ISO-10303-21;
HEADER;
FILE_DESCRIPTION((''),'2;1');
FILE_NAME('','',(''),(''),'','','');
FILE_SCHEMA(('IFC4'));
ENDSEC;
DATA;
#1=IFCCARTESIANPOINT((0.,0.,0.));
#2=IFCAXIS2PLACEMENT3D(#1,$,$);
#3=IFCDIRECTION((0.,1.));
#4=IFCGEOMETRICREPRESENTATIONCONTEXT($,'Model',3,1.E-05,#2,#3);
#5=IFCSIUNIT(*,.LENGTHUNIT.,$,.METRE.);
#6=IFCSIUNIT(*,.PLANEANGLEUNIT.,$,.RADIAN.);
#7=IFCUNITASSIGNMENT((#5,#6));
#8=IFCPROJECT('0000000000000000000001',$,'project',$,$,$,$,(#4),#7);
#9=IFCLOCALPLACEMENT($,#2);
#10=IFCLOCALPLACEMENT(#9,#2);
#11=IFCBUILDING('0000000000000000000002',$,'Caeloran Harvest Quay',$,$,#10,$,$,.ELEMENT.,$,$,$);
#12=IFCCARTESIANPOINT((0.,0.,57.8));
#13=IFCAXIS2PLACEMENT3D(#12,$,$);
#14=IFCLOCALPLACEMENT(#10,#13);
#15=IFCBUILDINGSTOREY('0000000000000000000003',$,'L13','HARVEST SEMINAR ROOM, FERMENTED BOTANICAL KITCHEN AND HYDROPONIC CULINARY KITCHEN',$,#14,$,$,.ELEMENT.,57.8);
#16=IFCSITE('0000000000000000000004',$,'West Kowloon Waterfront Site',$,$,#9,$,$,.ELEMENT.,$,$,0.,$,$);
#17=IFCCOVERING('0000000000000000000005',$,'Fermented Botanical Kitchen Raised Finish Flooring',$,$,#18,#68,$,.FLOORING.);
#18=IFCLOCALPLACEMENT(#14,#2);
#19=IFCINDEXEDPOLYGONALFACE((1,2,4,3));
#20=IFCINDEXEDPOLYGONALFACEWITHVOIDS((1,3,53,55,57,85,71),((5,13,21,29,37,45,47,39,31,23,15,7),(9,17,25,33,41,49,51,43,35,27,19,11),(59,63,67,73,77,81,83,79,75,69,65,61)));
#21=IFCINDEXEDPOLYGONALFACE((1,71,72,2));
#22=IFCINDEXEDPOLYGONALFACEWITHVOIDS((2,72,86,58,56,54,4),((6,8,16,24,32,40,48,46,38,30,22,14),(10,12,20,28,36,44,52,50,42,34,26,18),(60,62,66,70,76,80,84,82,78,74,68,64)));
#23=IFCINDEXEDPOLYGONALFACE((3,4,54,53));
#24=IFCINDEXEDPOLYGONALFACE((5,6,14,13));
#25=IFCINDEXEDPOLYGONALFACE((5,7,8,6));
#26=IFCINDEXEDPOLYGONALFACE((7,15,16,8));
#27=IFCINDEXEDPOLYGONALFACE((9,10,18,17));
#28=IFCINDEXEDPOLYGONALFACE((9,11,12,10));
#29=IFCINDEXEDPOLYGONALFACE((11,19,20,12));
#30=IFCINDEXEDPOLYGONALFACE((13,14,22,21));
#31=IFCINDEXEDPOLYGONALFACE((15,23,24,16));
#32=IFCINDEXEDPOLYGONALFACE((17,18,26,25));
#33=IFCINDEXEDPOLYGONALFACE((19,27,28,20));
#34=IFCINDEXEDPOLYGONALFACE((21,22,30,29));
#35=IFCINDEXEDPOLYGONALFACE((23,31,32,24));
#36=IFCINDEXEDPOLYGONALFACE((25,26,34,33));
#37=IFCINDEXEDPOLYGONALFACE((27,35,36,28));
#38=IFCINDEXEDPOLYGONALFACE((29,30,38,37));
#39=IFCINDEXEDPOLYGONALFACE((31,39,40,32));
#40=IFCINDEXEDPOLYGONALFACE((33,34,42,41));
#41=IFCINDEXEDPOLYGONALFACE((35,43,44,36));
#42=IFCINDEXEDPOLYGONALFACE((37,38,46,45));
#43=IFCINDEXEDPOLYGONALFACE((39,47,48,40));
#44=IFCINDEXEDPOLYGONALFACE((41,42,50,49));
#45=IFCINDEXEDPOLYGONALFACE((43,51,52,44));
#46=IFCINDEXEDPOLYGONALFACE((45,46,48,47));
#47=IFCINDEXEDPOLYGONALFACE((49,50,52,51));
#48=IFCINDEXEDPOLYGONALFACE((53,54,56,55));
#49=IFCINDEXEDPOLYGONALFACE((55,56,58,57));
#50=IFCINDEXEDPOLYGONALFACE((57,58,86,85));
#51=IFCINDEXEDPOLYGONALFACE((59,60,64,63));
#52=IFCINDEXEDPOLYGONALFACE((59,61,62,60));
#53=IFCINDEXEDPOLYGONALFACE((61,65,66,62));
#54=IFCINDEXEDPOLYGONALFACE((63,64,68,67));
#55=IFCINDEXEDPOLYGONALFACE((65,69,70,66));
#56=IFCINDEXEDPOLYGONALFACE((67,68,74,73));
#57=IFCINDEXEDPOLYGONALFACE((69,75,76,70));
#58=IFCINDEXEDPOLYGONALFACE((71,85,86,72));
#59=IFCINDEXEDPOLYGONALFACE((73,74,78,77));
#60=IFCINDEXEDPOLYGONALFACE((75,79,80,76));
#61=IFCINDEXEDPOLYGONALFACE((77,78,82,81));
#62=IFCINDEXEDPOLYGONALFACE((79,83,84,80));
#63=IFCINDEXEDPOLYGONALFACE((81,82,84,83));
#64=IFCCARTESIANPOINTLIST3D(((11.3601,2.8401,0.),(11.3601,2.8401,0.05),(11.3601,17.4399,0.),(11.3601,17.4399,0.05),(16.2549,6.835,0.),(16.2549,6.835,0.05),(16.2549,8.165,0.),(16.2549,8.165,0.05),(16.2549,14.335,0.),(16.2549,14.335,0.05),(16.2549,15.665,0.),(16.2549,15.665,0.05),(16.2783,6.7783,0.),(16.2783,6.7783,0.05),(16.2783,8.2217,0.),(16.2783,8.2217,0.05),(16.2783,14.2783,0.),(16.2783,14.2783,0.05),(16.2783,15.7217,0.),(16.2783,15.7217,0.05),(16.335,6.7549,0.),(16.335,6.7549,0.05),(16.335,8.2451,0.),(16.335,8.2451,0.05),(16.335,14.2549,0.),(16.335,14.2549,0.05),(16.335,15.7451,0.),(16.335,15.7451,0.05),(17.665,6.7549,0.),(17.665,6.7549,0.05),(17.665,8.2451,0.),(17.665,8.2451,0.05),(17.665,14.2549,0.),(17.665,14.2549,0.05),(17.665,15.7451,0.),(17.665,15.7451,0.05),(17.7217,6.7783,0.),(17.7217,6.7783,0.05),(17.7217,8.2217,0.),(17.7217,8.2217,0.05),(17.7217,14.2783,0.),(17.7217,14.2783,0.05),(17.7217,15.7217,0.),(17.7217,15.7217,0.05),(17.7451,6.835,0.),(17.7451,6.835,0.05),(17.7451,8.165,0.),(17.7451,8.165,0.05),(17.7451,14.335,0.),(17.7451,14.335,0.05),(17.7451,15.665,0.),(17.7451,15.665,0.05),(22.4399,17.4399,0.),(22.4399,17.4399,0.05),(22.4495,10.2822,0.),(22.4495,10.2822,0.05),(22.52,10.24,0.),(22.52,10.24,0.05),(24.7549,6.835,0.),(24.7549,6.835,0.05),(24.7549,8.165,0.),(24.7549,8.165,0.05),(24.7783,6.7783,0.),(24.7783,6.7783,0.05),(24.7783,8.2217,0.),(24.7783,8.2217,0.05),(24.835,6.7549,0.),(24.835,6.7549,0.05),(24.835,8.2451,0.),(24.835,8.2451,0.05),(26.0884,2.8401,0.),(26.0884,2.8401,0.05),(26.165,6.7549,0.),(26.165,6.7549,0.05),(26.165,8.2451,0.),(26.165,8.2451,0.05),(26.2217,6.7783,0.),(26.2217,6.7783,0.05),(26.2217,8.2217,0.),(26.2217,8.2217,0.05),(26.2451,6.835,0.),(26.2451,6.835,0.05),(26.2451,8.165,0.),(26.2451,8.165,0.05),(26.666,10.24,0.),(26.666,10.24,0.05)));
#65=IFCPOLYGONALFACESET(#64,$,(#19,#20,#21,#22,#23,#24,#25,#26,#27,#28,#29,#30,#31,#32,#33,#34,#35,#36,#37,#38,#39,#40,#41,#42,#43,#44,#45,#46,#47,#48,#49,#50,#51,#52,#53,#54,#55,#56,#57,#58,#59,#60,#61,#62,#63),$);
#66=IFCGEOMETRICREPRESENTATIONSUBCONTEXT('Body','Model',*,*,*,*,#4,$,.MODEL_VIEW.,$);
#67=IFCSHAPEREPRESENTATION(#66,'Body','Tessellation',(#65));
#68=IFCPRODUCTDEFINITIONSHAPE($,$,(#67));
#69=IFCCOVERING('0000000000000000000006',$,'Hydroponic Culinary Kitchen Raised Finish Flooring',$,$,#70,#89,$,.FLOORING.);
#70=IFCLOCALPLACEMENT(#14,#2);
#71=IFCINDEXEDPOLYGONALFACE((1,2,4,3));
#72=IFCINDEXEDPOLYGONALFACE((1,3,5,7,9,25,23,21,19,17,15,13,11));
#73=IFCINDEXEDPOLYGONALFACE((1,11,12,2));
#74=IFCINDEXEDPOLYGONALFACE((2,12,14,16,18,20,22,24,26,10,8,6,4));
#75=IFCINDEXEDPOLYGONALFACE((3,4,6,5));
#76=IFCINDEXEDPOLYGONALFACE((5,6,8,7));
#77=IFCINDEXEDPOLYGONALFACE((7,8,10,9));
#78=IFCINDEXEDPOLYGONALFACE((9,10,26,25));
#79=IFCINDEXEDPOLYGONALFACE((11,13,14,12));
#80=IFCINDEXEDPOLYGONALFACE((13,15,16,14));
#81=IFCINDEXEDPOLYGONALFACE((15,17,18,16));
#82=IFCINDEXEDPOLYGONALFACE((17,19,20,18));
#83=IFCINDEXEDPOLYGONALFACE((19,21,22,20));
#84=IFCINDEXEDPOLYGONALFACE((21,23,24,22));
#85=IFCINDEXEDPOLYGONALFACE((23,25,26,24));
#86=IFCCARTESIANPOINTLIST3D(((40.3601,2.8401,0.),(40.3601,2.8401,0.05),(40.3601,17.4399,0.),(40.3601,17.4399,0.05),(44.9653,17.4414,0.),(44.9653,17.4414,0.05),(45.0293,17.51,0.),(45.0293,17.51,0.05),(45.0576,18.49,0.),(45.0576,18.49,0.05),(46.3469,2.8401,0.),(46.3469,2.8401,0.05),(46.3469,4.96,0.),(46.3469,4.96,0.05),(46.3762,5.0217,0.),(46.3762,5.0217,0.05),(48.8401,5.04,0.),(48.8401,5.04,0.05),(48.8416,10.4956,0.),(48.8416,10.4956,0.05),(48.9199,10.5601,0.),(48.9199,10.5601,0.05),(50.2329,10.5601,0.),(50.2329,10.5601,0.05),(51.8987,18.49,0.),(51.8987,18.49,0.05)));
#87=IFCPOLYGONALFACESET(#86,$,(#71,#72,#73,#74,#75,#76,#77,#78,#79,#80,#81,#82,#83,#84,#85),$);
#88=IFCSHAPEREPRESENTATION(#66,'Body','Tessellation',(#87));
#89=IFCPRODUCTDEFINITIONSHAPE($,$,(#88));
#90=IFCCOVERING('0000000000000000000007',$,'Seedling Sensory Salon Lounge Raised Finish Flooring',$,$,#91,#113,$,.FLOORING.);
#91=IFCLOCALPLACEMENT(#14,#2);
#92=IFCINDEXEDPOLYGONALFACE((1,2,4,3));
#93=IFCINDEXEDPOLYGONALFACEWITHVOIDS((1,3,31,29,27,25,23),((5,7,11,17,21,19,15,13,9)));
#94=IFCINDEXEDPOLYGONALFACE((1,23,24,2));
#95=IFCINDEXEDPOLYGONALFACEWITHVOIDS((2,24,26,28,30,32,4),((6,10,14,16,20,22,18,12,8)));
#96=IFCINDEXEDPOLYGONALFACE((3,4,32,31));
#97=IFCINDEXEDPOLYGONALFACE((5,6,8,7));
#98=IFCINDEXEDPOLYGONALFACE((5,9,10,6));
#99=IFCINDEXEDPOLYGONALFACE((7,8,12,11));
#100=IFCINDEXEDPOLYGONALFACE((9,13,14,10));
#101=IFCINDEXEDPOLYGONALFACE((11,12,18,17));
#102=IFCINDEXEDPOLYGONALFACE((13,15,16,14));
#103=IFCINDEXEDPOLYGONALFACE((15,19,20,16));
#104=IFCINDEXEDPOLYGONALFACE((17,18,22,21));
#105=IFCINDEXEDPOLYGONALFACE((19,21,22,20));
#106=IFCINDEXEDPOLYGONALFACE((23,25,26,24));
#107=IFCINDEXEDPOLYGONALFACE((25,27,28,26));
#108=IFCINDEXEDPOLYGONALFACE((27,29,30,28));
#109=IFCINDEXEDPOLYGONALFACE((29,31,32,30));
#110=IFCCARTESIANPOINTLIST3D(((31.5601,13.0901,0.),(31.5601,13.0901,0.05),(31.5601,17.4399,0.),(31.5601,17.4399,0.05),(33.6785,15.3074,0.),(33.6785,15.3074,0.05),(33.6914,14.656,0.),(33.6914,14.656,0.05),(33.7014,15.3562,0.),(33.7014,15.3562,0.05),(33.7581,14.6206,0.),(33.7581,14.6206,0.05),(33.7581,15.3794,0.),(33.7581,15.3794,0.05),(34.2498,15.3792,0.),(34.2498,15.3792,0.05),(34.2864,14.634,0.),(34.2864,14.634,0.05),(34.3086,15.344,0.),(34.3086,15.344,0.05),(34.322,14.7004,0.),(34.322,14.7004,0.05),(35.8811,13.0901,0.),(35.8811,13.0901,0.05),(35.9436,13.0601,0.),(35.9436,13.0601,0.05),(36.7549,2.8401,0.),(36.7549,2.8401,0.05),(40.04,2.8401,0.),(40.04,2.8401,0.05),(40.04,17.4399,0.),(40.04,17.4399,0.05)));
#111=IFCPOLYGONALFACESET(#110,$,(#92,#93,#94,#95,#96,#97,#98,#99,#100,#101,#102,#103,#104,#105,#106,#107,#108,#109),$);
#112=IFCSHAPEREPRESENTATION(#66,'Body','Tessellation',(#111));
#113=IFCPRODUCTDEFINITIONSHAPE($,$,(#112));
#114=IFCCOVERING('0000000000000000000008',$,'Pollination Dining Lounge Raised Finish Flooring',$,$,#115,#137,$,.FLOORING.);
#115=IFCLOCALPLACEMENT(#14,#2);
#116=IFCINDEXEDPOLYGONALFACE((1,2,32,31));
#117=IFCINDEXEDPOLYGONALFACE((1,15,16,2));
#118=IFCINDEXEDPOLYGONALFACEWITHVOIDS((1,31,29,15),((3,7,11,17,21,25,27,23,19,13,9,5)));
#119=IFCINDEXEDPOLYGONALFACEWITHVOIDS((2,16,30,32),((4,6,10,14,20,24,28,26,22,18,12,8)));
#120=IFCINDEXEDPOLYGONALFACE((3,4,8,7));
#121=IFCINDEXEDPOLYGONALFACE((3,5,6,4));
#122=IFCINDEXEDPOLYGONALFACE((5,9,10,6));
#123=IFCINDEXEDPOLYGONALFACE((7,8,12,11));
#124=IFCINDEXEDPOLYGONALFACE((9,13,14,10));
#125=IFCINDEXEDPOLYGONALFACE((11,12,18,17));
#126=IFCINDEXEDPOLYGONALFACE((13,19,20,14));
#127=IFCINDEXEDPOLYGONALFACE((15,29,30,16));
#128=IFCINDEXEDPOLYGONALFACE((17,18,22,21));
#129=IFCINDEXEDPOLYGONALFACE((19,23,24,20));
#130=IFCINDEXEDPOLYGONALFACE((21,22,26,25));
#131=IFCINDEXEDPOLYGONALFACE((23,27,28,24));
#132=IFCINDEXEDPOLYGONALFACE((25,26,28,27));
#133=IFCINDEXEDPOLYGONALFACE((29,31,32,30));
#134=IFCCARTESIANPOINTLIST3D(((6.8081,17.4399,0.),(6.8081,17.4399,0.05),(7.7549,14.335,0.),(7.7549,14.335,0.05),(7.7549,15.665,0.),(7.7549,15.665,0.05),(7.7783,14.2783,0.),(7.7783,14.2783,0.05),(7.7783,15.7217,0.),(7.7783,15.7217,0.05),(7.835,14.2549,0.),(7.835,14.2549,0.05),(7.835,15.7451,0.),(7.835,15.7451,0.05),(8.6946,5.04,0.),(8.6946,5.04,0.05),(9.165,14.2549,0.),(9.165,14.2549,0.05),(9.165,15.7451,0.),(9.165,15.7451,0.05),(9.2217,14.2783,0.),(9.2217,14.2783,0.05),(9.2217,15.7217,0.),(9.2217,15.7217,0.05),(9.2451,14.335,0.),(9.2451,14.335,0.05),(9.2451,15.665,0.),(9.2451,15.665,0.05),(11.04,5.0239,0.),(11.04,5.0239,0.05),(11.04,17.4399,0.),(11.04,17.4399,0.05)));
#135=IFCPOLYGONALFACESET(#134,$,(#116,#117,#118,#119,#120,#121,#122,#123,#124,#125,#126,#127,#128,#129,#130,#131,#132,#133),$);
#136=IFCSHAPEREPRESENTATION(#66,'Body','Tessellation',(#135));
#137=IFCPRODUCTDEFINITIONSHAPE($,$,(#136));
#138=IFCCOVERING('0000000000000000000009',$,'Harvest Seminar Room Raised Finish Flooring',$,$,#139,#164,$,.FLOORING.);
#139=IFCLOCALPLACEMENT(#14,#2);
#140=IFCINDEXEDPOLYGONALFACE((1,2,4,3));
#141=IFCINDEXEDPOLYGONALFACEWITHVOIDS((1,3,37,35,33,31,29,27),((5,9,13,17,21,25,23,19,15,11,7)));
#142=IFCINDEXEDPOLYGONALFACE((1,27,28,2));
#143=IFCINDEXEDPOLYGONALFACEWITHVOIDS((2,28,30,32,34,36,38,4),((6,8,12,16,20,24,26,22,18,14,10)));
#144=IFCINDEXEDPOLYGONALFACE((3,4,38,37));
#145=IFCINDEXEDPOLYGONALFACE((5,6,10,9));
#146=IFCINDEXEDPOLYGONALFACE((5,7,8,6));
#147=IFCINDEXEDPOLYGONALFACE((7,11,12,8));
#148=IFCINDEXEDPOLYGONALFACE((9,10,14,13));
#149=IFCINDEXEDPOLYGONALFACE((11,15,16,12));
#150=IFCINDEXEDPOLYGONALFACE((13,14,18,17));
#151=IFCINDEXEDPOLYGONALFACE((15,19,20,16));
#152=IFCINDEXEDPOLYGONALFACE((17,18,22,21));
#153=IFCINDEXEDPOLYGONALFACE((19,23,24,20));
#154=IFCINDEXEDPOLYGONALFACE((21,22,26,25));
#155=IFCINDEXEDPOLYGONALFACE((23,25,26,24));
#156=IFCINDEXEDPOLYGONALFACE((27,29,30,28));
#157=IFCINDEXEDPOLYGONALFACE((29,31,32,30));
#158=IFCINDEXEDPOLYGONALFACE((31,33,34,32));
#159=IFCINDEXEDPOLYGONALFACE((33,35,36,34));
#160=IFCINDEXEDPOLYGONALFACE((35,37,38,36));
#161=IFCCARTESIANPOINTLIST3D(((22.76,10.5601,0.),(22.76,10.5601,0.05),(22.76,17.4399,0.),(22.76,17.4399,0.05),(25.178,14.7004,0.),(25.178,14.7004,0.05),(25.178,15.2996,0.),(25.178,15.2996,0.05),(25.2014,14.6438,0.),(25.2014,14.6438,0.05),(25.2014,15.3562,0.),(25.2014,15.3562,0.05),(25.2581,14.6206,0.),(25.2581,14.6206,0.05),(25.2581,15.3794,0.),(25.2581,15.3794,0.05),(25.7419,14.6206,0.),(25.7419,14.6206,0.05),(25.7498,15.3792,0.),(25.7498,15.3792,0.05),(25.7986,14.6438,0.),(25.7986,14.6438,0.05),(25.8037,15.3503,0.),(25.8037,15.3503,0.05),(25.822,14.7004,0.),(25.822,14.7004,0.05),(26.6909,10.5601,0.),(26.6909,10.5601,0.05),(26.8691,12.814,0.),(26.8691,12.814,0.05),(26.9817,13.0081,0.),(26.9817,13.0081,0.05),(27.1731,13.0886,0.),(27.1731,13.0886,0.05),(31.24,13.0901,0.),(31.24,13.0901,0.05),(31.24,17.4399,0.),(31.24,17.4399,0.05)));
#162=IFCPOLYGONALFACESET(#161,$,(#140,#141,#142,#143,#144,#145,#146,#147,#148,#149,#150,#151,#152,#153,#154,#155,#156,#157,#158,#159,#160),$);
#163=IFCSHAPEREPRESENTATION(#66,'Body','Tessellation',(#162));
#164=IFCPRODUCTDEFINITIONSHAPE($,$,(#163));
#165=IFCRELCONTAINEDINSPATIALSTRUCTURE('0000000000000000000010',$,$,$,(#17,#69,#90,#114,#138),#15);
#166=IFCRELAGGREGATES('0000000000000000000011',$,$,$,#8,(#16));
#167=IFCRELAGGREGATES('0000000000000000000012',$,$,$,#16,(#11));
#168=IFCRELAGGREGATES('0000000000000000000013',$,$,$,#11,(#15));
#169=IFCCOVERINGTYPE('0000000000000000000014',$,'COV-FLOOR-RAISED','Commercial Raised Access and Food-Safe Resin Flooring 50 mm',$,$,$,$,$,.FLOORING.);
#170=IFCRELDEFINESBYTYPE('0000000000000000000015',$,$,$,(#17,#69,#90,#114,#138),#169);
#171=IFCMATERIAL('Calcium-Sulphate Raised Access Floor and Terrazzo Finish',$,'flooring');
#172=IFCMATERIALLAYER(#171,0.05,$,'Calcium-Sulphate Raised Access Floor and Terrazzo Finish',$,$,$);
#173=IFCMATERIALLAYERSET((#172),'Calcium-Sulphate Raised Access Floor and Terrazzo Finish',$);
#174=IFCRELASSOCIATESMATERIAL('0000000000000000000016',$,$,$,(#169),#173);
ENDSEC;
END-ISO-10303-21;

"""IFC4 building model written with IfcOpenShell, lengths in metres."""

from ifc_helpers import new_model, si_unit, direction, frame, origin, place, context, subcontext, project, spatial, polyline, outline, extrude, material, layer, layer_set, type_object, element, save


model = new_model("IFC4")

# Units and contexts
model_context = context("Model", 3, precision=1e-05, world=origin(), true_north=direction((0.0, 1.0)))
body_context = subcontext(model_context, "Body", "Model", "MODEL_VIEW")
ifc_project = project(units=[si_unit("LENGTHUNIT", "METRE"), si_unit("PLANEANGLEUNIT", "RADIAN")], contexts=[model_context])

# Site, building, storey
site_placement = place(None, origin())
site = spatial("IfcSite", under=ifc_project, at=site_placement, Name="West Kowloon Waterfront Site", CompositionType="ELEMENT", RefElevation=0.0)
building_placement = place(site_placement, origin())
building = spatial("IfcBuilding", under=site, at=building_placement, Name="Caeloran Harvest Quay", CompositionType="ELEMENT")
storey_placement = place(building_placement, frame((0.0, 0.0, 57.8)))
storey = spatial("IfcBuildingStorey", under=building, at=storey_placement, Name="L13", Description="HARVEST SEMINAR ROOM, FERMENTED BOTANICAL KITCHEN AND HYDROPONIC CULINARY KITCHEN", CompositionType="ELEMENT", Elevation=57.8)

# Coverings
ifc_material_1 = material(Name="Calcium-Sulphate Raised Access Floor and Terrazzo Finish", Category="flooring")
ifc_layer_1 = layer(ifc_material_1, 0.05, Name="Calcium-Sulphate Raised Access Floor and Terrazzo Finish")
ifc_layer_set_1 = layer_set([ifc_layer_1], Name="Calcium-Sulphate Raised Access Floor and Terrazzo Finish")
covering_type_1 = type_object("IfcCoveringType", Name="COV-FLOOR-RAISED", Description="Commercial Raised Access and Food-Safe Resin Flooring 50 mm", PredefinedType="FLOORING", material=ifc_layer_set_1)
covering_1_placement = place(storey_placement, origin())
element("IfcCovering", 1, at=covering_1_placement, inside=storey, type_object=covering_type_1, Name="Fermented Botanical Kitchen Raised Finish Flooring", PredefinedType="FLOORING", context=body_context, shape_type="SweptSolid", body=[
    extrude(outline(polyline([(11.3601, 17.4399), (22.4399, 17.4399), (22.4495, 10.2822), (22.52, 10.24), (26.666, 10.24), (26.0884, 2.8401), (11.3601, 2.8401), (11.3601, 17.4399)]), holes=[polyline([(26.2451, 8.165), (26.2217, 8.2217), (26.165, 8.2451), (24.835, 8.2451), (24.7783, 8.2217), (24.7549, 8.165), (24.7549, 6.835), (24.7783, 6.7783), (24.835, 6.7549), (26.165, 6.7549), (26.2217, 6.7783), (26.2451, 6.835), (26.2451, 8.165)]), polyline([(16.335, 8.2451), (16.2783, 8.2217), (16.2549, 8.165), (16.2549, 6.835), (16.2783, 6.7783), (16.335, 6.7549), (17.665, 6.7549), (17.7217, 6.7783), (17.7451, 6.835), (17.7451, 8.165), (17.7217, 8.2217), (17.665, 8.2451), (16.335, 8.2451)]), polyline([(17.7451, 15.665), (17.7217, 15.7217), (17.665, 15.7451), (16.335, 15.7451), (16.2783, 15.7217), (16.2549, 15.665), (16.2549, 14.335), (16.2783, 14.2783), (16.335, 14.2549), (17.665, 14.2549), (17.7217, 14.2783), (17.7451, 14.335), (17.7451, 15.665)])]), origin(), (0.0, 0.0, 1.0), 0.05),
])
covering_2_placement = place(storey_placement, origin())
element("IfcCovering", 2, at=covering_2_placement, inside=storey, type_object=covering_type_1, Name="Hydroponic Culinary Kitchen Raised Finish Flooring", PredefinedType="FLOORING", context=body_context, shape_type="SweptSolid", body=[
    extrude(outline(polyline([(51.8987, 18.49), (50.2329, 10.5601), (48.9199, 10.5601), (48.8416, 10.4956), (48.8401, 5.04), (46.3762, 5.0217), (46.3469, 4.96), (46.3469, 2.8401), (40.3601, 2.8401), (40.3601, 17.4399), (44.9653, 17.4414), (45.0293, 17.51), (45.0576, 18.49), (51.8987, 18.49)])), origin(), (0.0, 0.0, 1.0), 0.05),
])
covering_3_placement = place(storey_placement, origin())
element("IfcCovering", 3, at=covering_3_placement, inside=storey, type_object=covering_type_1, Name="Seedling Sensory Salon Lounge Raised Finish Flooring", PredefinedType="FLOORING", context=body_context, shape_type="SweptSolid", body=[
    extrude(outline(polyline([(31.5601, 13.0901), (31.5601, 17.4399), (40.04, 17.4399), (40.04, 2.8401), (36.7549, 2.8401), (35.9436, 13.0601), (35.8811, 13.0901), (31.5601, 13.0901)]), holes=[polyline([(33.7581, 15.3794), (33.7014, 15.3562), (33.6785, 15.3074), (33.6914, 14.656), (33.7581, 14.6206), (34.2864, 14.634), (34.322, 14.7004), (34.3086, 15.344), (34.2498, 15.3792), (33.7581, 15.3794)])]), origin(), (0.0, 0.0, 1.0), 0.05),
])
covering_4_placement = place(storey_placement, origin())
element("IfcCovering", 4, at=covering_4_placement, inside=storey, type_object=covering_type_1, Name="Pollination Dining Lounge Raised Finish Flooring", PredefinedType="FLOORING", context=body_context, shape_type="SweptSolid", body=[
    extrude(outline(polyline([(11.04, 5.0239), (8.6946, 5.04), (6.8081, 17.4399), (11.04, 17.4399), (11.04, 5.0239)]), holes=[polyline([(9.2451, 15.665), (9.2217, 15.7217), (9.165, 15.7451), (7.835, 15.7451), (7.7783, 15.7217), (7.7549, 15.665), (7.7549, 14.335), (7.7783, 14.2783), (7.835, 14.2549), (9.165, 14.2549), (9.2217, 14.2783), (9.2451, 14.335), (9.2451, 15.665)])]), origin(), (0.0, 0.0, 1.0), 0.05),
])
covering_5_placement = place(storey_placement, origin())
element("IfcCovering", 5, at=covering_5_placement, inside=storey, type_object=covering_type_1, Name="Harvest Seminar Room Raised Finish Flooring", PredefinedType="FLOORING", context=body_context, shape_type="SweptSolid", body=[
    extrude(outline(polyline([(27.1731, 13.0886), (26.9817, 13.0081), (26.8691, 12.814), (26.6909, 10.5601), (22.76, 10.5601), (22.76, 17.4399), (31.24, 17.4399), (31.24, 13.0901), (27.1731, 13.0886)]), holes=[polyline([(25.822, 14.7004), (25.8037, 15.3503), (25.7498, 15.3792), (25.2581, 15.3794), (25.2014, 15.3562), (25.178, 15.2996), (25.178, 14.7004), (25.2014, 14.6438), (25.2581, 14.6206), (25.7419, 14.6206), (25.7986, 14.6438), (25.822, 14.7004)])]), origin(), (0.0, 0.0, 1.0), 0.05),
])

save(model, "model.ifc")
